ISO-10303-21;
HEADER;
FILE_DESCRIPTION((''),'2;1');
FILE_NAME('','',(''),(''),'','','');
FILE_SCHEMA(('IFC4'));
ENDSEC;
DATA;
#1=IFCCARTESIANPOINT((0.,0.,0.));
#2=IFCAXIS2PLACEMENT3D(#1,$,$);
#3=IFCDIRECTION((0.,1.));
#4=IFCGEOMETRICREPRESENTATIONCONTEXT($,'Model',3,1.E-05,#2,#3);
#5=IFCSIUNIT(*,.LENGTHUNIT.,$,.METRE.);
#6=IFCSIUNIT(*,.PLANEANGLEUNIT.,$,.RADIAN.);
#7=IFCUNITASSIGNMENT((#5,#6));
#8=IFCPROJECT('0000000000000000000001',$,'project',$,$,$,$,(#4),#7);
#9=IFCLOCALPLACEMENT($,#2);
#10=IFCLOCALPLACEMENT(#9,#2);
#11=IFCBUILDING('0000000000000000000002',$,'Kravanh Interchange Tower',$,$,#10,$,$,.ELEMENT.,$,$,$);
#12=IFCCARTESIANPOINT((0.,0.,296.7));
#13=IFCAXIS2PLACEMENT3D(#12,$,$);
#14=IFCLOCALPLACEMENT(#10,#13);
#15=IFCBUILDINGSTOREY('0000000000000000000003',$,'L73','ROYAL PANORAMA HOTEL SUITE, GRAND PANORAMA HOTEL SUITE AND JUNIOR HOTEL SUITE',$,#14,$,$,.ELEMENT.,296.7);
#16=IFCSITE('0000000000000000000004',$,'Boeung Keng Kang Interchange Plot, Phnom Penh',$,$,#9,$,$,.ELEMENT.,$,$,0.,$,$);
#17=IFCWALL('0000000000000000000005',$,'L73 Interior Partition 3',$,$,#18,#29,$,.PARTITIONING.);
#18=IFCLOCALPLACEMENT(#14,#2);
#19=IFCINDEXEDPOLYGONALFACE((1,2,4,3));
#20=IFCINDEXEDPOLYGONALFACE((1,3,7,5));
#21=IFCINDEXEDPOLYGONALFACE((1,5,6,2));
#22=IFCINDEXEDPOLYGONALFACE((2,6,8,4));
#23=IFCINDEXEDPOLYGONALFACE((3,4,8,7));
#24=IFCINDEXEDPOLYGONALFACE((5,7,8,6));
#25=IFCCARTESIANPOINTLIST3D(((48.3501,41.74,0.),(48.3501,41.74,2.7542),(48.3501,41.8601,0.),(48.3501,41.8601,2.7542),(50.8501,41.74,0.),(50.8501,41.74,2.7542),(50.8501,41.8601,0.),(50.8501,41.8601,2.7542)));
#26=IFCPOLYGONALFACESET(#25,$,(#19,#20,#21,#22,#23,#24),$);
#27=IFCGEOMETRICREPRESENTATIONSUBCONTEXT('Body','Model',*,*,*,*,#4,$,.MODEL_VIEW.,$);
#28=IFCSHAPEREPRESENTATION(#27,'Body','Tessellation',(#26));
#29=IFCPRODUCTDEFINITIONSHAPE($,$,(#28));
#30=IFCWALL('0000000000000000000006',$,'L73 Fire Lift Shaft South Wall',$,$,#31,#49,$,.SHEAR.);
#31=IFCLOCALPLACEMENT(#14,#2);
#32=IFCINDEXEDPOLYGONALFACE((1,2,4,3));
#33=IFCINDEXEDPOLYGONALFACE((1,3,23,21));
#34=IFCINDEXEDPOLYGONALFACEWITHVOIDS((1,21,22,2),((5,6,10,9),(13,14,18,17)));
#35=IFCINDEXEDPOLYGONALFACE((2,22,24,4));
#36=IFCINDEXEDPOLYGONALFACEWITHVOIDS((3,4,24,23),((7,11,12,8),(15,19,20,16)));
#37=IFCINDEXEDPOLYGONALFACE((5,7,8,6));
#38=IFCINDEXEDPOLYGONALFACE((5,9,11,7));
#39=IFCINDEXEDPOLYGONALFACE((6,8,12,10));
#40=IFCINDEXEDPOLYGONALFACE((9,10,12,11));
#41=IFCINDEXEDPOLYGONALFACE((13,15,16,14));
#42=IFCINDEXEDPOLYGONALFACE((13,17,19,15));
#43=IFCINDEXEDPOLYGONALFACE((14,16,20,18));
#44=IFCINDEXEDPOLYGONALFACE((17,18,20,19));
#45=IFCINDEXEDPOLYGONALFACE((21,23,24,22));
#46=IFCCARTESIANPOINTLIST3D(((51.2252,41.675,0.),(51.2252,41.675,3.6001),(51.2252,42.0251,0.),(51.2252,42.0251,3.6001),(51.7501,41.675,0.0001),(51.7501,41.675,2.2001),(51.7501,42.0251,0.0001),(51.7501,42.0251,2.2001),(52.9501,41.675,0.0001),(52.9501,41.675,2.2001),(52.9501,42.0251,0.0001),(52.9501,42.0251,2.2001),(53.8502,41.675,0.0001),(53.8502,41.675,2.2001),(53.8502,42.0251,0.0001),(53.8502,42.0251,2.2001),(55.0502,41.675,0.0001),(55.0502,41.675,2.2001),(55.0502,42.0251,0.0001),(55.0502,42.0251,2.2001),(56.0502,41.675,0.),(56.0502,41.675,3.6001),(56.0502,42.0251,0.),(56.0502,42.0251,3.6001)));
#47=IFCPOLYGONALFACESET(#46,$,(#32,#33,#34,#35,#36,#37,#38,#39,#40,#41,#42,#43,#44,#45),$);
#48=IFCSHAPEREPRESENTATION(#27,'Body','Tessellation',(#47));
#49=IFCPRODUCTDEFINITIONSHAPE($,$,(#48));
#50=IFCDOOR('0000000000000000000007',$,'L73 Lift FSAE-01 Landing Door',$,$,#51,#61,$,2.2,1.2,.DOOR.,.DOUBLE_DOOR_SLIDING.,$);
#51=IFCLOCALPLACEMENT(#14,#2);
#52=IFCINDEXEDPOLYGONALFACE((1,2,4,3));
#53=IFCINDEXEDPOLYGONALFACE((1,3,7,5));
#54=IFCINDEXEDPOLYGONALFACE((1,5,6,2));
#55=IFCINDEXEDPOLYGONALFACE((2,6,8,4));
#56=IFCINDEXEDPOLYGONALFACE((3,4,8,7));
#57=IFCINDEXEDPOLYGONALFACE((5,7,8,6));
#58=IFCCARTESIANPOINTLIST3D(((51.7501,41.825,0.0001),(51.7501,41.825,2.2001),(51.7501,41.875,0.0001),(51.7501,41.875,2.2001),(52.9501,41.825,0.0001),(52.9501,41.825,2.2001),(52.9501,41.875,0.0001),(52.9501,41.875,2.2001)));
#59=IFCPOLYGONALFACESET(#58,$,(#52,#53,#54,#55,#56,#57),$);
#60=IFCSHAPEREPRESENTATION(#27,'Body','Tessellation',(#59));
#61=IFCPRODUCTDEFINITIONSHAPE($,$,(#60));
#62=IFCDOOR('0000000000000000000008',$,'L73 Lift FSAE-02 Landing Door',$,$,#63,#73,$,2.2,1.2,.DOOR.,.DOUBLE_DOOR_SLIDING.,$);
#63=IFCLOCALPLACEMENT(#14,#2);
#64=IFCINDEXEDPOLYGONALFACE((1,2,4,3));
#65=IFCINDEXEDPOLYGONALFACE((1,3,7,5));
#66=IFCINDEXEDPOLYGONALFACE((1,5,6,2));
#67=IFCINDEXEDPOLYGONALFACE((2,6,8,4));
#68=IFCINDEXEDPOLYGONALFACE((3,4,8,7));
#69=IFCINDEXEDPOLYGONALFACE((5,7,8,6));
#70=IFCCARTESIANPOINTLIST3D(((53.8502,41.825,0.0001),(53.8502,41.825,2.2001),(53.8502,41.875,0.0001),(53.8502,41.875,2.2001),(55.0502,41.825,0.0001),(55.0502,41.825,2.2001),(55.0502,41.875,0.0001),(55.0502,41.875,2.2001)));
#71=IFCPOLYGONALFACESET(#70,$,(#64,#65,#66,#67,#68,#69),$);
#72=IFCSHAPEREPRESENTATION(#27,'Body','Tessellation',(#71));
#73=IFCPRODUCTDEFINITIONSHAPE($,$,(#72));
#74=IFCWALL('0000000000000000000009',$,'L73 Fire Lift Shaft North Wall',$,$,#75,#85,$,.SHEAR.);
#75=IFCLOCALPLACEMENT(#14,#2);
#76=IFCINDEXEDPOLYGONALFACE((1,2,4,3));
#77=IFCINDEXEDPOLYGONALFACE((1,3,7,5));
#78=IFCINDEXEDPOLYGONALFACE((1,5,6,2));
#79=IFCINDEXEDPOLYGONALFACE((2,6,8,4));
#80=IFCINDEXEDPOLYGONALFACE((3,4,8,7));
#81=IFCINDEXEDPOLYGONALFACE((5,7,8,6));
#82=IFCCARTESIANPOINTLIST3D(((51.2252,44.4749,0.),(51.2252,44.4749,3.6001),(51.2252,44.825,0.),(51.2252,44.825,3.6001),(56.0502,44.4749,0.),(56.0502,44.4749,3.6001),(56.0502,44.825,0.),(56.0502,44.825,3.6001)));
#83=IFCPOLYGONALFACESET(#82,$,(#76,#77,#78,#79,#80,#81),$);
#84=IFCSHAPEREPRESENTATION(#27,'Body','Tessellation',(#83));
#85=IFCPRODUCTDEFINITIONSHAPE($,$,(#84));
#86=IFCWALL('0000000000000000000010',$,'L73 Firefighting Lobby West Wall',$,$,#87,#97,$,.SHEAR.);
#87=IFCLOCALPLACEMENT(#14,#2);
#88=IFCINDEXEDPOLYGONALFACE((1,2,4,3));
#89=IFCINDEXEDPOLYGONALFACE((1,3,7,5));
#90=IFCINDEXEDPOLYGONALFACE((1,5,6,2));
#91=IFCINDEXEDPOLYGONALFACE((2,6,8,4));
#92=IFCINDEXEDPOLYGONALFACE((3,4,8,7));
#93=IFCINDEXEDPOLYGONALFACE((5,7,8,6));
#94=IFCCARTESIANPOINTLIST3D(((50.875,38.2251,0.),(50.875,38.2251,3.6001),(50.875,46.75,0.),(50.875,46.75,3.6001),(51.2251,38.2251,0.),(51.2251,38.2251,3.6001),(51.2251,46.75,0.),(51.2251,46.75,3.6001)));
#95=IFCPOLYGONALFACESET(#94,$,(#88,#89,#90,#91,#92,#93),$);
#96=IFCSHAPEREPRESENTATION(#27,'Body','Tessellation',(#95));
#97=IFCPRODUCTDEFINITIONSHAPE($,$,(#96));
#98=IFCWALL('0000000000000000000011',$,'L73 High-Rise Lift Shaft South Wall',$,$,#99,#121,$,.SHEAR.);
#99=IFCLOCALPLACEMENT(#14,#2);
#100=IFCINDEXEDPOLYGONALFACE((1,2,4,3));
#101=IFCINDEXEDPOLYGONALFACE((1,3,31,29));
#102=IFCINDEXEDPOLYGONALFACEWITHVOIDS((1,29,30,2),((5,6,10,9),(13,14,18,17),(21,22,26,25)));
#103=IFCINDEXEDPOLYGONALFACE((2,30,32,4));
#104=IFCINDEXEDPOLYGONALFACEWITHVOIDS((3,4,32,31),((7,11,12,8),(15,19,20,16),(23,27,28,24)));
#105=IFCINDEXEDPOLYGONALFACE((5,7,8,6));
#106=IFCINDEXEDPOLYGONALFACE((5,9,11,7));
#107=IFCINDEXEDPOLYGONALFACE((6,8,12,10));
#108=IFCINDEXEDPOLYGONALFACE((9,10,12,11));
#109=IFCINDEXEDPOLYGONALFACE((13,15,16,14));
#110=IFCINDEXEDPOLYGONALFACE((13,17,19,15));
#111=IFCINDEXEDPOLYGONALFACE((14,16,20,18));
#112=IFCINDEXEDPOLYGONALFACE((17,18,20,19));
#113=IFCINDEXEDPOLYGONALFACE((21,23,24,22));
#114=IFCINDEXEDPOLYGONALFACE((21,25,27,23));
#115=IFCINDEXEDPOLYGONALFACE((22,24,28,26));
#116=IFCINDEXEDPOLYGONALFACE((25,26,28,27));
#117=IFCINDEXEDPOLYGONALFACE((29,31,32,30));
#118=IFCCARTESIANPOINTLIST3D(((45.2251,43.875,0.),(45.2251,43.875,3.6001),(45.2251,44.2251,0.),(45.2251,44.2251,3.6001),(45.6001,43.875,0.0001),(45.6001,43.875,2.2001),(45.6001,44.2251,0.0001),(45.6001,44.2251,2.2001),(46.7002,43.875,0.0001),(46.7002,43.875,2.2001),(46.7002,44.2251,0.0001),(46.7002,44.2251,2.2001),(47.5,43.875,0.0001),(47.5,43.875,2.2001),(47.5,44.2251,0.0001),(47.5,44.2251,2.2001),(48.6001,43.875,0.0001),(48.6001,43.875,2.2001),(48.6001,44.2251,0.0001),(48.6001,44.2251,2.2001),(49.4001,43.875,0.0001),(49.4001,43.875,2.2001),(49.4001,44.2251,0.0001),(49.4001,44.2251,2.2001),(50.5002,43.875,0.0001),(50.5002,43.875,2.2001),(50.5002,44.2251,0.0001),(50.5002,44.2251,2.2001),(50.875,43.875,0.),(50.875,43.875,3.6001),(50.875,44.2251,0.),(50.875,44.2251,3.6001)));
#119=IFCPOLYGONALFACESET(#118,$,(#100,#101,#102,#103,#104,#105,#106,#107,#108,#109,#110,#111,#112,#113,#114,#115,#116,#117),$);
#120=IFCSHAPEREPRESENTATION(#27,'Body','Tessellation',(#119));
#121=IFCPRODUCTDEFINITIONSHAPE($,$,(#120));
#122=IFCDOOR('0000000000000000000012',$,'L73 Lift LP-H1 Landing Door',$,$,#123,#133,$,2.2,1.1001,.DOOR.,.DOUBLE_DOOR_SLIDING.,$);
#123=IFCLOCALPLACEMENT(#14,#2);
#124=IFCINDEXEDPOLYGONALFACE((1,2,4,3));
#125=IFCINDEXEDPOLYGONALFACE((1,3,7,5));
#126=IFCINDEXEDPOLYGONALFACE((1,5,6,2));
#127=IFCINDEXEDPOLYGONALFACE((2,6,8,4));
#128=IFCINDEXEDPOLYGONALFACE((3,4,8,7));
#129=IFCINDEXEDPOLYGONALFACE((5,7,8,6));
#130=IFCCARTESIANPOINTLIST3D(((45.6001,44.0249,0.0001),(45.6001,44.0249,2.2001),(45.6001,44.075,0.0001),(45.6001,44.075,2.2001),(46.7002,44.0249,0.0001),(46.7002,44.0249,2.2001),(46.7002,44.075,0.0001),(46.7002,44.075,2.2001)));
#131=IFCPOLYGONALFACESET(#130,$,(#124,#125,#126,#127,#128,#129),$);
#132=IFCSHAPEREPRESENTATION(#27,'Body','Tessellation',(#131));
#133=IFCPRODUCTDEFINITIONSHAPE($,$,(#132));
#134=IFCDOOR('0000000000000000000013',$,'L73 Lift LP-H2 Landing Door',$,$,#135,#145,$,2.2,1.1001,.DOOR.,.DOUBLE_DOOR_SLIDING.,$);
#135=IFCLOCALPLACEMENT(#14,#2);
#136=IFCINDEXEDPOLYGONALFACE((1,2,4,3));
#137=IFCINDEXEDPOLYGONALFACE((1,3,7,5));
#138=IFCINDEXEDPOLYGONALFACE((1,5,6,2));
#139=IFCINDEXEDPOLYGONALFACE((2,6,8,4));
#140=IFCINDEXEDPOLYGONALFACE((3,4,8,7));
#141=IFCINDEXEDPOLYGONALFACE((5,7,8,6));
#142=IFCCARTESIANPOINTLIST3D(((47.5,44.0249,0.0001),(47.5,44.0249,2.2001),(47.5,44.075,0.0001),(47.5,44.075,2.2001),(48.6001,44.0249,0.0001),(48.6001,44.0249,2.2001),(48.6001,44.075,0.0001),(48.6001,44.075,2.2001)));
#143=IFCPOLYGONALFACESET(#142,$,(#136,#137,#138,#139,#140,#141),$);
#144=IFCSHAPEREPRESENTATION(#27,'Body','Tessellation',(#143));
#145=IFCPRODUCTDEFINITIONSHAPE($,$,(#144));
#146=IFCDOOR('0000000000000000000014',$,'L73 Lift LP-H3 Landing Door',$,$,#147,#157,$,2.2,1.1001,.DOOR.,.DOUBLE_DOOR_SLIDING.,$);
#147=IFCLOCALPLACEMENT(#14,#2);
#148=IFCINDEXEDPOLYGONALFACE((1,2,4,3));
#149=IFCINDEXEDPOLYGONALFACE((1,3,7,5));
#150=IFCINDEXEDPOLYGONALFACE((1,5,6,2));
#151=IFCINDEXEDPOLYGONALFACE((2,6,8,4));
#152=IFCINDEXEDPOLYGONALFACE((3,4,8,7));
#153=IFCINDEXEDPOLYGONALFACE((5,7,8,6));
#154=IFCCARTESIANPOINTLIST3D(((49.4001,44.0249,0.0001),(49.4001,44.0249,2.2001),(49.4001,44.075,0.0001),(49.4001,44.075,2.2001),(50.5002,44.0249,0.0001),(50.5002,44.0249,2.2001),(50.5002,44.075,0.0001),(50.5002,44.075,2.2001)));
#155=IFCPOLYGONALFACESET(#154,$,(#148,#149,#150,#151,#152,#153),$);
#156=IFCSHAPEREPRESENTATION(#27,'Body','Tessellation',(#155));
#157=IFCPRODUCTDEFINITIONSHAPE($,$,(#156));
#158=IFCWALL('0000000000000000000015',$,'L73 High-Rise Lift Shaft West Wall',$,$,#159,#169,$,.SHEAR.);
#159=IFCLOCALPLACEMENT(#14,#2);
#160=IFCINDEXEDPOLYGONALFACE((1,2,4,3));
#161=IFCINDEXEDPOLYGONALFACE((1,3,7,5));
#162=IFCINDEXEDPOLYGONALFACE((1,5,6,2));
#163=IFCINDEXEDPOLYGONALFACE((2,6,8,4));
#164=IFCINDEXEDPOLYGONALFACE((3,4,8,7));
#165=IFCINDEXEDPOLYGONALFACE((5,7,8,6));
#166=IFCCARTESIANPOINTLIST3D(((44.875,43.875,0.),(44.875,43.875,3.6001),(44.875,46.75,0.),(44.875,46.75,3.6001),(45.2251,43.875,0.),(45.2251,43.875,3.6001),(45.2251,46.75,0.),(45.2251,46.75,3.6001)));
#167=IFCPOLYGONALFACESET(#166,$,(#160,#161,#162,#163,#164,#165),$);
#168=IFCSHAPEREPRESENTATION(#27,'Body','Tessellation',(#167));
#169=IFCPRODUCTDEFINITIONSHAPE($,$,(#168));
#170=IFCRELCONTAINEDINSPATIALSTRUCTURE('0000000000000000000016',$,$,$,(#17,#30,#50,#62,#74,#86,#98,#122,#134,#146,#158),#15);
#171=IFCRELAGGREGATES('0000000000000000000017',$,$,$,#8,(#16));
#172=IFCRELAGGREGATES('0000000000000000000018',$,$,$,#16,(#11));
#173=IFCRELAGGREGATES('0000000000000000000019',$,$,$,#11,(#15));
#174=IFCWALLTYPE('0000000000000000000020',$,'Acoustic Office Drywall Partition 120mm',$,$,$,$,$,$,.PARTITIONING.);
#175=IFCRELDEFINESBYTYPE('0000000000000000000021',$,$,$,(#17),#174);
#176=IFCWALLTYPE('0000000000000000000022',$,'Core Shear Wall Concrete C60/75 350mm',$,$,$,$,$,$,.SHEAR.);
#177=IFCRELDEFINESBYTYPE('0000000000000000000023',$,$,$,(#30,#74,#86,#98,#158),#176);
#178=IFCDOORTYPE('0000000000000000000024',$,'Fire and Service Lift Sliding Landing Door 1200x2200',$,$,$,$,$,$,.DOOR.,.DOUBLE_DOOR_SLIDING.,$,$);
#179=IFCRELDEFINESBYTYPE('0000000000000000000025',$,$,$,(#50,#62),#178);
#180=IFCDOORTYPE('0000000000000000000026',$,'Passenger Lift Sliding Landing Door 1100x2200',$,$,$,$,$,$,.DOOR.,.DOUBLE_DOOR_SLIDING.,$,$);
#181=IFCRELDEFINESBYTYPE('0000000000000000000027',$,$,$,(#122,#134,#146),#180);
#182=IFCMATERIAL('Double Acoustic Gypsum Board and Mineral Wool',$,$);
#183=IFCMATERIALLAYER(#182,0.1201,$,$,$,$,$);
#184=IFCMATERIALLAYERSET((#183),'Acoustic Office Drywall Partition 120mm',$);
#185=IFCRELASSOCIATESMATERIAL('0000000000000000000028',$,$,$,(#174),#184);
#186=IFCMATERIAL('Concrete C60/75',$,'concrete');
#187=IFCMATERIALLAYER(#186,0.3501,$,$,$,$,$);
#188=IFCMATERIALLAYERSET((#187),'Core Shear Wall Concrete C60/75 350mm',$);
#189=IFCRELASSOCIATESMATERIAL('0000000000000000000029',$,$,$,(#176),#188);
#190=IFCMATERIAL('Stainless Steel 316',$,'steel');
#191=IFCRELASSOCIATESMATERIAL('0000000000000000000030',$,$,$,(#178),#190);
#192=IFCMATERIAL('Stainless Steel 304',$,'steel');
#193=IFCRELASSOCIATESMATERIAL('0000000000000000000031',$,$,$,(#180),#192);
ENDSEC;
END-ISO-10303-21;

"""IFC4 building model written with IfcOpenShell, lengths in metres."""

from ifc_helpers import new_model, si_unit, direction, frame, frame_2d, origin, place, context, subcontext, project, spatial, rectangle, extrude, material, layer, layer_set, type_object, element, fill, save


model = new_model("IFC4")

# Units and contexts
model_context = context("Model", 3, precision=1e-05, world=origin(), true_north=direction((0.0, 1.0)))
body_context = subcontext(model_context, "Body", "Model", "MODEL_VIEW")
ifc_project = project(units=[si_unit("LENGTHUNIT", "METRE"), si_unit("PLANEANGLEUNIT", "RADIAN")], contexts=[model_context])

# Site, building, storey
site_placement = place(None, origin())
site = spatial("IfcSite", under=ifc_project, at=site_placement, Name="Boeung Keng Kang Interchange Plot, Phnom Penh", CompositionType="ELEMENT", RefElevation=0.0)
building_placement = place(site_placement, origin())
building = spatial("IfcBuilding", under=site, at=building_placement, Name="Kravanh Interchange Tower", CompositionType="ELEMENT")
storey_placement = place(building_placement, frame((0.0, 0.0, 296.7)))
storey = spatial("IfcBuildingStorey", under=building, at=storey_placement, Name="L73", Description="ROYAL PANORAMA HOTEL SUITE, GRAND PANORAMA HOTEL SUITE AND JUNIOR HOTEL SUITE", CompositionType="ELEMENT", Elevation=296.7)

# Shared definitions
ifc_material_1 = material(Name="Double Acoustic Gypsum Board and Mineral Wool")
ifc_layer_1 = layer(ifc_material_1, 0.1201)
ifc_layer_set_1 = layer_set([ifc_layer_1], Name="Acoustic Office Drywall Partition 120mm")
wall_type_1 = type_object("IfcWallType", Name="Acoustic Office Drywall Partition 120mm", PredefinedType="PARTITIONING", material=ifc_layer_set_1)

# Wall
wall_1_placement = place(storey_placement, frame((48.3501, 41.8, 0.0), z_axis=(0.0, 0.0, 1.0), x_axis=(1.0, 0.0, 0.0)))
element("IfcWall", 1, at=wall_1_placement, inside=storey, type_object=wall_type_1, Name="L73 Interior Partition 3", PredefinedType="PARTITIONING", context=body_context, shape_type="SweptSolid", body=[
    extrude(rectangle(XDim=2.5, YDim=0.1201, at=frame_2d((1.25, 0.0))), origin(), (0.0, 0.0, 1.0), 2.7542),
])

# Wall, openings, doors
ifc_material_2 = material(Name="Concrete C60/75", Category="concrete")
ifc_layer_2 = layer(ifc_material_2, 0.3501)
ifc_layer_set_2 = layer_set([ifc_layer_2], Name="Core Shear Wall Concrete C60/75 350mm")
wall_type_2 = type_object("IfcWallType", Name="Core Shear Wall Concrete C60/75 350mm", PredefinedType="SHEAR", material=ifc_layer_set_2)
wall_2_placement = place(storey_placement, frame((51.2251, 41.8501, 0.0), z_axis=(0.0, 0.0, 1.0), x_axis=(1.0, 0.0, 0.0)))
wall_2 = element("IfcWall", 2, at=wall_2_placement, inside=storey, type_object=wall_type_2, Name="L73 Fire Lift Shaft South Wall", PredefinedType="SHEAR", context=body_context, shape_type="SweptSolid", body=[
    extrude(rectangle(XDim=4.825, YDim=0.3501, at=frame_2d((2.4126, 0.0))), origin(), (0.0, 0.0, 1.0), 3.6001),
])
opening_1_placement = place(wall_2_placement, frame((0.5249, 0.0, 0.0)))
opening_1 = element("IfcOpeningElement", 3, at=opening_1_placement, cuts=wall_2, PredefinedType="OPENING", context=body_context, shape_type="SweptSolid", body=[
    extrude(rectangle(XDim=1.2, YDim=2.2, at=frame_2d((0.6001, 1.1001))), frame((0.0, 0.1851, 0.0), z_axis=(0.0, -1.0, 0.0), x_axis=(1.0, 0.0, 0.0)), (0.0, 0.0, 1.0), 0.3701),
])
opening_2_placement = place(wall_2_placement, frame((2.625, 0.0, 0.0)))
opening_2 = element("IfcOpeningElement", 4, at=opening_2_placement, cuts=wall_2, PredefinedType="OPENING", context=body_context, shape_type="SweptSolid", body=[
    extrude(rectangle(XDim=1.2, YDim=2.2, at=frame_2d((0.6001, 1.1001))), frame((0.0, 0.1851, 0.0), z_axis=(0.0, -1.0, 0.0), x_axis=(1.0, 0.0, 0.0)), (0.0, 0.0, 1.0), 0.3701),
])
ifc_material_3 = material(Name="Stainless Steel 316", Category="steel")
door_type_1 = type_object("IfcDoorType", Name="Fire and Service Lift Sliding Landing Door 1200x2200", OperationType="DOUBLE_DOOR_SLIDING", PredefinedType="DOOR", material=ifc_material_3)
door_1_placement = place(opening_1_placement, origin())
door_1 = element("IfcDoor", 5, at=door_1_placement, inside=storey, type_object=door_type_1, Name="L73 Lift FSAE-01 Landing Door", OperationType="DOUBLE_DOOR_SLIDING", OverallHeight=2.2, OverallWidth=1.2, PredefinedType="DOOR", context=body_context, shape_type="SweptSolid", body=[
    extrude(rectangle(XDim=1.2, YDim=2.2, at=frame_2d((0.6001, 1.1001))), frame((0.0, 0.0249, 0.0), z_axis=(0.0, -1.0, 0.0), x_axis=(1.0, 0.0, 0.0)), (0.0, 0.0, 1.0), 0.05),
])
fill(opening_1, door_1)
door_2_placement = place(opening_2_placement, origin())
door_2 = element("IfcDoor", 6, at=door_2_placement, inside=storey, type_object=door_type_1, Name="L73 Lift FSAE-02 Landing Door", OperationType="DOUBLE_DOOR_SLIDING", OverallHeight=2.2, OverallWidth=1.2, PredefinedType="DOOR", context=body_context, shape_type="SweptSolid", body=[
    extrude(rectangle(XDim=1.2, YDim=2.2, at=frame_2d((0.6001, 1.1001))), frame((0.0, 0.0249, 0.0), z_axis=(0.0, -1.0, 0.0), x_axis=(1.0, 0.0, 0.0)), (0.0, 0.0, 1.0), 0.05),
])
fill(opening_2, door_2)

# Walls
wall_3_placement = place(storey_placement, frame((51.2251, 44.6499, 0.0), z_axis=(0.0, 0.0, 1.0), x_axis=(1.0, 0.0, 0.0)))
element("IfcWall", 7, at=wall_3_placement, inside=storey, type_object=wall_type_2, Name="L73 Fire Lift Shaft North Wall", PredefinedType="SHEAR", context=body_context, shape_type="SweptSolid", body=[
    extrude(rectangle(XDim=4.825, YDim=0.3501, at=frame_2d((2.4126, 0.0))), origin(), (0.0, 0.0, 1.0), 3.6001),
])
wall_4_placement = place(storey_placement, frame((51.05, 38.2251, 0.0), z_axis=(0.0, 0.0, 1.0), x_axis=(0.0, 1.0, 0.0)))
element("IfcWall", 8, at=wall_4_placement, inside=storey, type_object=wall_type_2, Name="L73 Firefighting Lobby West Wall", PredefinedType="SHEAR", context=body_context, shape_type="SweptSolid", body=[
    extrude(rectangle(XDim=8.5249, YDim=0.3501, at=frame_2d((4.2625, 0.0))), origin(), (0.0, 0.0, 1.0), 3.6001),
])

# Wall, openings, doors
wall_5_placement = place(storey_placement, frame((45.2251, 44.05, 0.0), z_axis=(0.0, 0.0, 1.0), x_axis=(1.0, 0.0, 0.0)))
wall_5 = element("IfcWall", 9, at=wall_5_placement, inside=storey, type_object=wall_type_2, Name="L73 High-Rise Lift Shaft South Wall", PredefinedType="SHEAR", context=body_context, shape_type="SweptSolid", body=[
    extrude(rectangle(XDim=5.6499, YDim=0.3501, at=frame_2d((2.825, 0.0))), origin(), (0.0, 0.0, 1.0), 3.6001),
])
opening_3_placement = place(wall_5_placement, frame((0.375, 0.0, 0.0)))
opening_3 = element("IfcOpeningElement", 10, at=opening_3_placement, cuts=wall_5, PredefinedType="OPENING", context=body_context, shape_type="SweptSolid", body=[
    extrude(rectangle(XDim=1.1001, YDim=2.2, at=frame_2d((0.55, 1.1001))), frame((0.0, 0.1851, 0.0), z_axis=(0.0, -1.0, 0.0), x_axis=(1.0, 0.0, 0.0)), (0.0, 0.0, 1.0), 0.3701),
])
opening_4_placement = place(wall_5_placement, frame((2.2749, 0.0, 0.0)))
opening_4 = element("IfcOpeningElement", 11, at=opening_4_placement, cuts=wall_5, PredefinedType="OPENING", context=body_context, shape_type="SweptSolid", body=[
    extrude(rectangle(XDim=1.1001, YDim=2.2, at=frame_2d((0.55, 1.1001))), frame((0.0, 0.1851, 0.0), z_axis=(0.0, -1.0, 0.0), x_axis=(1.0, 0.0, 0.0)), (0.0, 0.0, 1.0), 0.3701),
])
opening_5_placement = place(wall_5_placement, frame((4.175, 0.0, 0.0)))
opening_5 = element("IfcOpeningElement", 12, at=opening_5_placement, cuts=wall_5, PredefinedType="OPENING", context=body_context, shape_type="SweptSolid", body=[
    extrude(rectangle(XDim=1.1001, YDim=2.2, at=frame_2d((0.55, 1.1001))), frame((0.0, 0.1851, 0.0), z_axis=(0.0, -1.0, 0.0), x_axis=(1.0, 0.0, 0.0)), (0.0, 0.0, 1.0), 0.3701),
])
ifc_material_4 = material(Name="Stainless Steel 304", Category="steel")
door_type_2 = type_object("IfcDoorType", Name="Passenger Lift Sliding Landing Door 1100x2200", OperationType="DOUBLE_DOOR_SLIDING", PredefinedType="DOOR", material=ifc_material_4)
door_3_placement = place(opening_3_placement, origin())
door_3 = element("IfcDoor", 13, at=door_3_placement, inside=storey, type_object=door_type_2, Name="L73 Lift LP-H1 Landing Door", OperationType="DOUBLE_DOOR_SLIDING", OverallHeight=2.2, OverallWidth=1.1001, PredefinedType="DOOR", context=body_context, shape_type="SweptSolid", body=[
    extrude(rectangle(XDim=1.1001, YDim=2.2, at=frame_2d((0.55, 1.1001))), frame((0.0, 0.0249, 0.0), z_axis=(0.0, -1.0, 0.0), x_axis=(1.0, 0.0, 0.0)), (0.0, 0.0, 1.0), 0.05),
])
fill(opening_3, door_3)
door_4_placement = place(opening_4_placement, origin())
door_4 = element("IfcDoor", 14, at=door_4_placement, inside=storey, type_object=door_type_2, Name="L73 Lift LP-H2 Landing Door", OperationType="DOUBLE_DOOR_SLIDING", OverallHeight=2.2, OverallWidth=1.1001, PredefinedType="DOOR", context=body_context, shape_type="SweptSolid", body=[
    extrude(rectangle(XDim=1.1001, YDim=2.2, at=frame_2d((0.55, 1.1001))), frame((0.0, 0.0249, 0.0), z_axis=(0.0, -1.0, 0.0), x_axis=(1.0, 0.0, 0.0)), (0.0, 0.0, 1.0), 0.05),
])
fill(opening_4, door_4)
door_5_placement = place(opening_5_placement, origin())
door_5 = element("IfcDoor", 15, at=door_5_placement, inside=storey, type_object=door_type_2, Name="L73 Lift LP-H3 Landing Door", OperationType="DOUBLE_DOOR_SLIDING", OverallHeight=2.2, OverallWidth=1.1001, PredefinedType="DOOR", context=body_context, shape_type="SweptSolid", body=[
    extrude(rectangle(XDim=1.1001, YDim=2.2, at=frame_2d((0.55, 1.1001))), frame((0.0, 0.0249, 0.0), z_axis=(0.0, -1.0, 0.0), x_axis=(1.0, 0.0, 0.0)), (0.0, 0.0, 1.0), 0.05),
])
fill(opening_5, door_5)

# Wall
wall_6_placement = place(storey_placement, frame((45.05, 43.875, 0.0), z_axis=(0.0, 0.0, 1.0), x_axis=(0.0, 1.0, 0.0)))
element("IfcWall", 16, at=wall_6_placement, inside=storey, type_object=wall_type_2, Name="L73 High-Rise Lift Shaft West Wall", PredefinedType="SHEAR", context=body_context, shape_type="SweptSolid", body=[
    extrude(rectangle(XDim=2.875, YDim=0.3501, at=frame_2d((1.4375, 0.0))), origin(), (0.0, 0.0, 1.0), 3.6001),
])

save(model, "model.ifc")
